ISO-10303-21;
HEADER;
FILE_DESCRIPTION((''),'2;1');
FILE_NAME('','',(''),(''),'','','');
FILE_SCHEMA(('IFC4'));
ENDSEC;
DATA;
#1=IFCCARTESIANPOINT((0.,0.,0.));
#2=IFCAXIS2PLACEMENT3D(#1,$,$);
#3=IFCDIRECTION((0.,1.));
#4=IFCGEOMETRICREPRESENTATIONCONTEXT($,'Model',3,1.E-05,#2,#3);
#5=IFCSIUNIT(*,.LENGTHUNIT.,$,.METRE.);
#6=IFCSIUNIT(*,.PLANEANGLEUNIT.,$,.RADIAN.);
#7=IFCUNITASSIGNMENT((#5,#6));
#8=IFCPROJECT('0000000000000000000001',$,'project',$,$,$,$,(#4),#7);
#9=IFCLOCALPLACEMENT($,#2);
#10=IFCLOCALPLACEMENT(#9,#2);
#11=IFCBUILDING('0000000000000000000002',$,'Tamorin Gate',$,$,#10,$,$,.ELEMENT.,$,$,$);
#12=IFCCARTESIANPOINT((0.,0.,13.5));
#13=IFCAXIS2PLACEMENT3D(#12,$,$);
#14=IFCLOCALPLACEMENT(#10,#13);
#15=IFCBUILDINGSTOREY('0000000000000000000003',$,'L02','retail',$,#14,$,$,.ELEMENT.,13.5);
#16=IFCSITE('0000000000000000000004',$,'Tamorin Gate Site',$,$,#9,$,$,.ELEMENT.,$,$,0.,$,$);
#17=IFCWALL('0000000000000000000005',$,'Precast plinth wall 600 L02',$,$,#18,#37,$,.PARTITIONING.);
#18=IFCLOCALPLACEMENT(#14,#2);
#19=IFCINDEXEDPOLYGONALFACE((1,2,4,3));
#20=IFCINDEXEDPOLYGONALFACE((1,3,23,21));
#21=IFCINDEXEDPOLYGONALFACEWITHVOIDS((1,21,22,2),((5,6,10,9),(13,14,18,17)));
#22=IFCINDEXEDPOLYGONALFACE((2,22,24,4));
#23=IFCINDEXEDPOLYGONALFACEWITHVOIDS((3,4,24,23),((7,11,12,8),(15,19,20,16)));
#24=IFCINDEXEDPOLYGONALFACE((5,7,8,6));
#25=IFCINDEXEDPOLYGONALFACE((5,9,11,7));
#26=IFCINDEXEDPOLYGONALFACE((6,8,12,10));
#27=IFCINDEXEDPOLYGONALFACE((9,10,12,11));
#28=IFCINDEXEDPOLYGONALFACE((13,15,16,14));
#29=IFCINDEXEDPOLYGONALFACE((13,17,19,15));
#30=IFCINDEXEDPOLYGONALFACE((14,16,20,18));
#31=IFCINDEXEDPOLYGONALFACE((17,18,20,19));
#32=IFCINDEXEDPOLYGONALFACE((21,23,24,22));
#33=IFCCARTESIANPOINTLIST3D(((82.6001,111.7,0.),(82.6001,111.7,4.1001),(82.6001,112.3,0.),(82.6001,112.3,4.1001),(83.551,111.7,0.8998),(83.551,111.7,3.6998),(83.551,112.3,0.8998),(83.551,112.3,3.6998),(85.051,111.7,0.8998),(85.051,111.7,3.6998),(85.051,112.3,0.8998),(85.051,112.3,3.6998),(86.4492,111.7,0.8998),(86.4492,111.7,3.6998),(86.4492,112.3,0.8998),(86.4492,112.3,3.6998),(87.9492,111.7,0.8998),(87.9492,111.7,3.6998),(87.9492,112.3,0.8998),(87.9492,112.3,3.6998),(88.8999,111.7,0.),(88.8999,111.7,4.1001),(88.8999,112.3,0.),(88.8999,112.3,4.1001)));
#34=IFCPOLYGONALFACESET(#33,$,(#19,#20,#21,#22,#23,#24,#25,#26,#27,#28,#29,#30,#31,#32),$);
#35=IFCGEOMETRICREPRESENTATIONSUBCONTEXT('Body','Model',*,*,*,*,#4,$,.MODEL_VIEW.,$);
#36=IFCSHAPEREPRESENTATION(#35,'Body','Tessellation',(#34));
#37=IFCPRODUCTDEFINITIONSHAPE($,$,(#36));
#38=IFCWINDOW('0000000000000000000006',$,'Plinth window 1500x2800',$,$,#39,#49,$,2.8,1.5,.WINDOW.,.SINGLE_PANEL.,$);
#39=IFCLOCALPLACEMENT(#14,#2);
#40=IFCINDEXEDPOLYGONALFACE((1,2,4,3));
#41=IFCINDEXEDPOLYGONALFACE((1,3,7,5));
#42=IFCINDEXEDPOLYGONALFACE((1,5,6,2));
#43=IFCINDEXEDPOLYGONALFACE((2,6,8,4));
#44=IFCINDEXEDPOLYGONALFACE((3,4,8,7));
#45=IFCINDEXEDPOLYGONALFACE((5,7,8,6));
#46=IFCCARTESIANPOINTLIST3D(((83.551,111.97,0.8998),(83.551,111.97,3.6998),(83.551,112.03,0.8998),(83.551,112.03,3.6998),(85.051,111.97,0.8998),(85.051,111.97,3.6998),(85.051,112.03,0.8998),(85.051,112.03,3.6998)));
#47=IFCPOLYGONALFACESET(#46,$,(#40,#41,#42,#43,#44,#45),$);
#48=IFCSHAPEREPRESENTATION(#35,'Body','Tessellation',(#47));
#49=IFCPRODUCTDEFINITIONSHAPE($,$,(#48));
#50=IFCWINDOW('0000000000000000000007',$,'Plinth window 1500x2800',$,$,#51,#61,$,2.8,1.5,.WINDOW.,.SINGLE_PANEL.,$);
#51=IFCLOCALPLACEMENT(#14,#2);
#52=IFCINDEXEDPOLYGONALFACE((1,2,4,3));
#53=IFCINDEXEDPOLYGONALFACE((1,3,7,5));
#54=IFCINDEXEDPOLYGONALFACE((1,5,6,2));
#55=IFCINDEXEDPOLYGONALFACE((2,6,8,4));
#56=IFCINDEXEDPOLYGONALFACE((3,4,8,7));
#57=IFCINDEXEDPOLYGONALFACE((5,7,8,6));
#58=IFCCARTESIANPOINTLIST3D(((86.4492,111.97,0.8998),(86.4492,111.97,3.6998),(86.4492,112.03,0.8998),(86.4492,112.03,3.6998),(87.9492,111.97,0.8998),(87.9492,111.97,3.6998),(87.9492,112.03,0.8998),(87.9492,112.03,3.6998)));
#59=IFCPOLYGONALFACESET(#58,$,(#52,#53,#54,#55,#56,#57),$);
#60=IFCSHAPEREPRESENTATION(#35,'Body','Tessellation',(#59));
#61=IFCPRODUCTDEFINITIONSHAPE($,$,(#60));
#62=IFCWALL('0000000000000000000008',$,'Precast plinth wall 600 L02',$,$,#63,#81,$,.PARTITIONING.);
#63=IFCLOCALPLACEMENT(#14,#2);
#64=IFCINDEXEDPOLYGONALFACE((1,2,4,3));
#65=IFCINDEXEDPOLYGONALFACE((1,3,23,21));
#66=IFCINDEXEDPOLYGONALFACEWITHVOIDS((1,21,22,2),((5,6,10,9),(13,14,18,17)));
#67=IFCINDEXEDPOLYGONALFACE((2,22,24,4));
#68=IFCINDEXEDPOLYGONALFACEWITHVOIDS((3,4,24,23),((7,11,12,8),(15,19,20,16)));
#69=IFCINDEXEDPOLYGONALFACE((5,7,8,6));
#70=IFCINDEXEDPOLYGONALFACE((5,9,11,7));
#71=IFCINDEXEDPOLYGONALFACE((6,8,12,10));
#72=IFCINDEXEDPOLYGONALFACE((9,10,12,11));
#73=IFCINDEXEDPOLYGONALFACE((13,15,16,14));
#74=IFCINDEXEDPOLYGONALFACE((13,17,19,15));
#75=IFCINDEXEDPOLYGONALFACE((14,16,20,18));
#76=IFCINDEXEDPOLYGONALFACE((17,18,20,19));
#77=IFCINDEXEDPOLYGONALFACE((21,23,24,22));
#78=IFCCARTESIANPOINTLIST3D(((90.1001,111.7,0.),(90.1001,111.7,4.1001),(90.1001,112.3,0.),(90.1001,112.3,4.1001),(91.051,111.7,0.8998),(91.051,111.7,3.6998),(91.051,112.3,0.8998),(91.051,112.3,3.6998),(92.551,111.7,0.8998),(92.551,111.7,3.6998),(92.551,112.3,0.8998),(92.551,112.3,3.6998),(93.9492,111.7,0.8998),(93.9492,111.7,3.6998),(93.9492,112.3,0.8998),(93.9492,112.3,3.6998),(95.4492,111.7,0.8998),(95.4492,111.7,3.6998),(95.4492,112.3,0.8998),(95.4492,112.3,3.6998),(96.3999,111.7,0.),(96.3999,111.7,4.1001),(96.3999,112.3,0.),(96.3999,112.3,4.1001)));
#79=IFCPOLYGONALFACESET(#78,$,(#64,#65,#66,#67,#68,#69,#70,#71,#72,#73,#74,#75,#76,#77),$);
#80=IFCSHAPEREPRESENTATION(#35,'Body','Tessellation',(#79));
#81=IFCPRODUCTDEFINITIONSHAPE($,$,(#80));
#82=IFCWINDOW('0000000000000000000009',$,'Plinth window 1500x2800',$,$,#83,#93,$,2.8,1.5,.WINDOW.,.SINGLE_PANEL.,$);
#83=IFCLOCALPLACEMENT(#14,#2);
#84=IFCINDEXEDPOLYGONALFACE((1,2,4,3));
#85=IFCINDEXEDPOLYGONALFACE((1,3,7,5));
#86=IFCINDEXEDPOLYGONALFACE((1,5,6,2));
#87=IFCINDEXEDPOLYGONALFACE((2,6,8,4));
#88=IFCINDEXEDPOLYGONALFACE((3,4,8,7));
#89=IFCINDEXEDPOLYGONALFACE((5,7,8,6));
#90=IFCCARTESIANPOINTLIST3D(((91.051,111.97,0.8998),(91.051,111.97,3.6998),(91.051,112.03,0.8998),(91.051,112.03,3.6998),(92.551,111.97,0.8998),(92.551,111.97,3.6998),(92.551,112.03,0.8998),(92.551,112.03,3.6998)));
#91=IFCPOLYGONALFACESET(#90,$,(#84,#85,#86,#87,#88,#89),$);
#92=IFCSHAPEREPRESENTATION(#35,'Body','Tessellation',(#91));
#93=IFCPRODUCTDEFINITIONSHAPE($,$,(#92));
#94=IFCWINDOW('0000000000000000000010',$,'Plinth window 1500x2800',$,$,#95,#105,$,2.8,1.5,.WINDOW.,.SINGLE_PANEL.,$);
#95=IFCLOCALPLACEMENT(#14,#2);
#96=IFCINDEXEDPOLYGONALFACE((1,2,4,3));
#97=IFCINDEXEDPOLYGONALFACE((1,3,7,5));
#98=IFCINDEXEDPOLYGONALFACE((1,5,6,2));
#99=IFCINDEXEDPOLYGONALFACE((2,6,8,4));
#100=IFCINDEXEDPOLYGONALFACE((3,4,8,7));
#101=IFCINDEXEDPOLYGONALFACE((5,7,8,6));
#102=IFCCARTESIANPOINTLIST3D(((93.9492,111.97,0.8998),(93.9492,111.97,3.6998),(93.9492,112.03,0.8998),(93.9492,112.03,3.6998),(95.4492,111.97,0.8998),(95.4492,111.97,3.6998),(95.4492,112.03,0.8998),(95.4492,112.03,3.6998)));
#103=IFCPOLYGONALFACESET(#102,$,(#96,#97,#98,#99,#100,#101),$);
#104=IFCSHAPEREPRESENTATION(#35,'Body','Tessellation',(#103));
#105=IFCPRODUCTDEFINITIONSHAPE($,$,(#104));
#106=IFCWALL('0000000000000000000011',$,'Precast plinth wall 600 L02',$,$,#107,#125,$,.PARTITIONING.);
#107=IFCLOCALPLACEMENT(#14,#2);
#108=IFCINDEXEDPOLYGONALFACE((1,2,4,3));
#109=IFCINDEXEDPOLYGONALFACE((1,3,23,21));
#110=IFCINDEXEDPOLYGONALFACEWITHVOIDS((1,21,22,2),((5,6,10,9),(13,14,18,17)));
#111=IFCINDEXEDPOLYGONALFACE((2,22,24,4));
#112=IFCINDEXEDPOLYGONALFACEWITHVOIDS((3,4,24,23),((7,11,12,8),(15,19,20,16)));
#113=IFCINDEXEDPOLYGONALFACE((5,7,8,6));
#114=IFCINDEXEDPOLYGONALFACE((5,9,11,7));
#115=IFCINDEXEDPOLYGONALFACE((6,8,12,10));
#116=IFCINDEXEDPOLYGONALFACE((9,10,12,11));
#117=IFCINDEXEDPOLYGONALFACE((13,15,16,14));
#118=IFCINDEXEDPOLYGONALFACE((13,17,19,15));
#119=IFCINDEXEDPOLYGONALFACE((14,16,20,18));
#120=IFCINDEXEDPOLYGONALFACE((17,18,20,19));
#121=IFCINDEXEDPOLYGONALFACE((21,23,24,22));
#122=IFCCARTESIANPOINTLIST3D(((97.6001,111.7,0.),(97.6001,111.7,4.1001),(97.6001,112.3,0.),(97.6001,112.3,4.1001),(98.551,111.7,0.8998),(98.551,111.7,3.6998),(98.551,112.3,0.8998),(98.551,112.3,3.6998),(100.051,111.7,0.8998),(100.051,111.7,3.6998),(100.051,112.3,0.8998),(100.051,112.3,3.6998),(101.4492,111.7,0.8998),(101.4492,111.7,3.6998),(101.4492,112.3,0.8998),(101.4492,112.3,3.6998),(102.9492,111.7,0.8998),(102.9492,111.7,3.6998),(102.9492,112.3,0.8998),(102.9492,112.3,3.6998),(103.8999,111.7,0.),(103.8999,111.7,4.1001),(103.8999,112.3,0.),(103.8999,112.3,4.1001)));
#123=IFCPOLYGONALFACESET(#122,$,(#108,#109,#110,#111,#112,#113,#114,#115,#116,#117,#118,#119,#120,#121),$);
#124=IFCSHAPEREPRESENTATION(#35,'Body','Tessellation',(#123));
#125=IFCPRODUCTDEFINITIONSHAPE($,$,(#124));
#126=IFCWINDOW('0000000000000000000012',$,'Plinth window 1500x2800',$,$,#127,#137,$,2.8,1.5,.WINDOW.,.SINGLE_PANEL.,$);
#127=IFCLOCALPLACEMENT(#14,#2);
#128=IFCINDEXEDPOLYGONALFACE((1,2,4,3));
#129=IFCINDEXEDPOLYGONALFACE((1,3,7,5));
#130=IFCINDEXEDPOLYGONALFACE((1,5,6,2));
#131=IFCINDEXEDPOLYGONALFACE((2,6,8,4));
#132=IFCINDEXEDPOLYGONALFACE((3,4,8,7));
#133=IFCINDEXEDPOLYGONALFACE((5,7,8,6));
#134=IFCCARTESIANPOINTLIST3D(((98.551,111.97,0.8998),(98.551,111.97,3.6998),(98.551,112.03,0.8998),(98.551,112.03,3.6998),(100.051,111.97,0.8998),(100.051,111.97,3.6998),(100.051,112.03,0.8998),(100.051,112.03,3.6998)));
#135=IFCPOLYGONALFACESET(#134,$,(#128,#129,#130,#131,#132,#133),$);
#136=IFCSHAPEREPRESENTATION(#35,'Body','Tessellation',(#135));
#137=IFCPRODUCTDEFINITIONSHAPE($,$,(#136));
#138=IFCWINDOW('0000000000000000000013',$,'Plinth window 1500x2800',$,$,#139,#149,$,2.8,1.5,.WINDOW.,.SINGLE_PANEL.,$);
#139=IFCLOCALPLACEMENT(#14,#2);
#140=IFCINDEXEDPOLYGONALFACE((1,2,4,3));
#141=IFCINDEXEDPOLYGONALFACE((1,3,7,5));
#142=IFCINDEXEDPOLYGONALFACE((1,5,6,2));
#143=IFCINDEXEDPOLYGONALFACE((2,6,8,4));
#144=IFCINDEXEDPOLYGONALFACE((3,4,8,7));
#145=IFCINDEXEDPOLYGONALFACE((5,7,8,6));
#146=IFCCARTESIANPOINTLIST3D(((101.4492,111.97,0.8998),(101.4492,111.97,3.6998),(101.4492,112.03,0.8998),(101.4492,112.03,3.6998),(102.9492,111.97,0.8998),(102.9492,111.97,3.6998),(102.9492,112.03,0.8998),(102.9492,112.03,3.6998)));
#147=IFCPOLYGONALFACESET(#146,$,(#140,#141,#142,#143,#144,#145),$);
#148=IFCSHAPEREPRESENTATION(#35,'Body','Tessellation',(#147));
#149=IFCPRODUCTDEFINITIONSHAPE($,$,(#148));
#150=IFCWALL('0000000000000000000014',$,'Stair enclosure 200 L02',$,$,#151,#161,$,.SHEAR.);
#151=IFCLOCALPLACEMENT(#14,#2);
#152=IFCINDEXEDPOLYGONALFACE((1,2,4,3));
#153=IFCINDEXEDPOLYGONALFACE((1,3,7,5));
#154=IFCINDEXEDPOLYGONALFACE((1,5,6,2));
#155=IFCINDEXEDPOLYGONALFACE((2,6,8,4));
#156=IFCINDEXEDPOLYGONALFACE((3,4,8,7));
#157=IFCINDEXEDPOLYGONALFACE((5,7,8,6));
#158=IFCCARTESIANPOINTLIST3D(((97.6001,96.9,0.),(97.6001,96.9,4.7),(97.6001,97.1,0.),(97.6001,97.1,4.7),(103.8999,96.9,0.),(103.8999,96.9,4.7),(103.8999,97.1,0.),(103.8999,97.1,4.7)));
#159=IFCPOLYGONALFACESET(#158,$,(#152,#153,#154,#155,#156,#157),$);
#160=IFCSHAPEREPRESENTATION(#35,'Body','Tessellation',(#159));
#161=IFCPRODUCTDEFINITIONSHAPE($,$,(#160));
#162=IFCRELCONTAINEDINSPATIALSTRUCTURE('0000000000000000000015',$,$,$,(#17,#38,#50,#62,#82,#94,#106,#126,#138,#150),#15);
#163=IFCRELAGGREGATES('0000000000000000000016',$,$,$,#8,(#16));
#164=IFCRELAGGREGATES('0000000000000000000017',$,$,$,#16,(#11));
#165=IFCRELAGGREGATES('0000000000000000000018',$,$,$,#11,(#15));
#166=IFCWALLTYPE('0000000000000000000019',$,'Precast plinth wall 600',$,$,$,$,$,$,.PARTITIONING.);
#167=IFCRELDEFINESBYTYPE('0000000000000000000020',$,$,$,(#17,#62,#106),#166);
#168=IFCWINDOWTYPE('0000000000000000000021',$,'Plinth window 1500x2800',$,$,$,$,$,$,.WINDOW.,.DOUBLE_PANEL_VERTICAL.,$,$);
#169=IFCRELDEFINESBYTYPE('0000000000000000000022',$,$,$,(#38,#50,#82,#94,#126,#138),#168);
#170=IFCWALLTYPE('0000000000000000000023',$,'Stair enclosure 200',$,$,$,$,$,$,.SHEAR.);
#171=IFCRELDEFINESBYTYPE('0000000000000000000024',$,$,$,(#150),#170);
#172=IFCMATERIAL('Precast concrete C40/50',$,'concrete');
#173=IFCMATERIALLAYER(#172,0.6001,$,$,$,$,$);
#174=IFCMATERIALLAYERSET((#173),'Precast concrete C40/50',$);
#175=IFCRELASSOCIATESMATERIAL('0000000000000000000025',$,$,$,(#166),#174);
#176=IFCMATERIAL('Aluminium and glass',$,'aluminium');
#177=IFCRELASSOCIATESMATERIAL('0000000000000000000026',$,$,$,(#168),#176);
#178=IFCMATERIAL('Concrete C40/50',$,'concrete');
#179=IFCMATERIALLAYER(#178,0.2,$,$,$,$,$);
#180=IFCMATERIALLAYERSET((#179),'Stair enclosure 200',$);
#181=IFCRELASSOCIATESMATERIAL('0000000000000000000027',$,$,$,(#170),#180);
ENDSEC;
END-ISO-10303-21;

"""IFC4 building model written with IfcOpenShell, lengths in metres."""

from ifc_helpers import new_model, si_unit, direction, frame, frame_2d, origin, place, context, subcontext, project, spatial, rectangle, extrude, material, layer, layer_set, type_object, element, fill, save


model = new_model("IFC4")

# Units and contexts
model_context = context("Model", 3, precision=1e-05, world=origin(), true_north=direction((0.0, 1.0)))
body_context = subcontext(model_context, "Body", "Model", "MODEL_VIEW")
ifc_project = project(units=[si_unit("LENGTHUNIT", "METRE"), si_unit("PLANEANGLEUNIT", "RADIAN")], contexts=[model_context])

# Site, building, storey
site_placement = place(None, origin())
site = spatial("IfcSite", under=ifc_project, at=site_placement, Name="Tamorin Gate Site", CompositionType="ELEMENT", RefElevation=0.0)
building_placement = place(site_placement, origin())
building = spatial("IfcBuilding", under=site, at=building_placement, Name="Tamorin Gate", CompositionType="ELEMENT")
storey_placement = place(building_placement, frame((0.0, 0.0, 13.5)))
storey = spatial("IfcBuildingStorey", under=building, at=storey_placement, Name="L02", Description="retail", CompositionType="ELEMENT", Elevation=13.5)

# Walls, openings, windows
ifc_material_1 = material(Name="Precast concrete C40/50", Category="concrete")
ifc_layer_1 = layer(ifc_material_1, 0.6001)
ifc_layer_set_1 = layer_set([ifc_layer_1], Name="Precast concrete C40/50")
wall_type_1 = type_object("IfcWallType", Name="Precast plinth wall 600", PredefinedType="PARTITIONING", material=ifc_layer_set_1)
wall_1_placement = place(storey_placement, frame((82.6001, 112.0, 0.0), z_axis=(0.0, 0.0, 1.0), x_axis=(1.0, 0.0, 0.0)))
wall_1 = element("IfcWall", 1, at=wall_1_placement, inside=storey, type_object=wall_type_1, Name="Precast plinth wall 600 L02", PredefinedType="PARTITIONING", context=body_context, shape_type="SweptSolid", body=[
    extrude(rectangle(XDim=6.2998, YDim=0.6001, at=frame_2d((3.1499, 0.0))), origin(), (0.0, 0.0, 1.0), 4.1001),
])
opening_1_placement = place(wall_1_placement, frame((0.9509, 0.0, 0.8999)))
opening_1 = element("IfcOpeningElement", 2, at=opening_1_placement, cuts=wall_1, PredefinedType="OPENING", context=body_context, shape_type="SweptSolid", body=[
    extrude(rectangle(XDim=1.5, YDim=2.8, at=frame_2d((0.75, 1.3999))), frame((0.0, 0.3101, 0.0), z_axis=(0.0, -1.0, 0.0), x_axis=(1.0, 0.0, 0.0)), (0.0, 0.0, 1.0), 0.6201),
])
opening_2_placement = place(wall_1_placement, frame((3.8491, 0.0, 0.8999)))
opening_2 = element("IfcOpeningElement", 3, at=opening_2_placement, cuts=wall_1, PredefinedType="OPENING", context=body_context, shape_type="SweptSolid", body=[
    extrude(rectangle(XDim=1.5, YDim=2.8, at=frame_2d((0.75, 1.3999))), frame((0.0, 0.3101, 0.0), z_axis=(0.0, -1.0, 0.0), x_axis=(1.0, 0.0, 0.0)), (0.0, 0.0, 1.0), 0.6201),
])
ifc_material_2 = material(Name="Aluminium and glass", Category="aluminium")
window_type = type_object("IfcWindowType", Name="Plinth window 1500x2800", PartitioningType="DOUBLE_PANEL_VERTICAL", PredefinedType="WINDOW", material=ifc_material_2)
window_1_placement = place(opening_1_placement, origin())
window_1 = element("IfcWindow", 4, at=window_1_placement, inside=storey, type_object=window_type, Name="Plinth window 1500x2800", OverallHeight=2.8, OverallWidth=1.5, PartitioningType="SINGLE_PANEL", PredefinedType="WINDOW", context=body_context, shape_type="SweptSolid", body=[
    extrude(rectangle(XDim=1.5, YDim=2.8, at=frame_2d((0.75, 1.3999))), frame((0.0, 0.03, 0.0), z_axis=(0.0, -1.0, 0.0), x_axis=(1.0, 0.0, 0.0)), (0.0, 0.0, 1.0), 0.0601),
])
fill(opening_1, window_1)
window_2_placement = place(opening_2_placement, origin())
window_2 = element("IfcWindow", 5, at=window_2_placement, inside=storey, type_object=window_type, Name="Plinth window 1500x2800", OverallHeight=2.8, OverallWidth=1.5, PartitioningType="SINGLE_PANEL", PredefinedType="WINDOW", context=body_context, shape_type="SweptSolid", body=[
    extrude(rectangle(XDim=1.5, YDim=2.8, at=frame_2d((0.75, 1.3999))), frame((0.0, 0.03, 0.0), z_axis=(0.0, -1.0, 0.0), x_axis=(1.0, 0.0, 0.0)), (0.0, 0.0, 1.0), 0.0601),
])
fill(opening_2, window_2)
wall_2_placement = place(storey_placement, frame((90.1001, 112.0, 0.0), z_axis=(0.0, 0.0, 1.0), x_axis=(1.0, 0.0, 0.0)))
wall_2 = element("IfcWall", 6, at=wall_2_placement, inside=storey, type_object=wall_type_1, Name="Precast plinth wall 600 L02", PredefinedType="PARTITIONING", context=body_context, shape_type="SweptSolid", body=[
    extrude(rectangle(XDim=6.2998, YDim=0.6001, at=frame_2d((3.1499, 0.0))), origin(), (0.0, 0.0, 1.0), 4.1001),
])
opening_3_placement = place(wall_2_placement, frame((0.9509, 0.0, 0.8999)))
opening_3 = element("IfcOpeningElement", 7, at=opening_3_placement, cuts=wall_2, PredefinedType="OPENING", context=body_context, shape_type="SweptSolid", body=[
    extrude(rectangle(XDim=1.5, YDim=2.8, at=frame_2d((0.75, 1.3999))), frame((0.0, 0.3101, 0.0), z_axis=(0.0, -1.0, 0.0), x_axis=(1.0, 0.0, 0.0)), (0.0, 0.0, 1.0), 0.6201),
])
opening_4_placement = place(wall_2_placement, frame((3.8491, 0.0, 0.8999)))
opening_4 = element("IfcOpeningElement", 8, at=opening_4_placement, cuts=wall_2, PredefinedType="OPENING", context=body_context, shape_type="SweptSolid", body=[
    extrude(rectangle(XDim=1.5, YDim=2.8, at=frame_2d((0.75, 1.3999))), frame((0.0, 0.3101, 0.0), z_axis=(0.0, -1.0, 0.0), x_axis=(1.0, 0.0, 0.0)), (0.0, 0.0, 1.0), 0.6201),
])
window_3_placement = place(opening_3_placement, origin())
window_3 = element("IfcWindow", 9, at=window_3_placement, inside=storey, type_object=window_type, Name="Plinth window 1500x2800", OverallHeight=2.8, OverallWidth=1.5, PartitioningType="SINGLE_PANEL", PredefinedType="WINDOW", context=body_context, shape_type="SweptSolid", body=[
    extrude(rectangle(XDim=1.5, YDim=2.8, at=frame_2d((0.75, 1.3999))), frame((0.0, 0.03, 0.0), z_axis=(0.0, -1.0, 0.0), x_axis=(1.0, 0.0, 0.0)), (0.0, 0.0, 1.0), 0.0601),
])
fill(opening_3, window_3)
window_4_placement = place(opening_4_placement, origin())
window_4 = element("IfcWindow", 10, at=window_4_placement, inside=storey, type_object=window_type, Name="Plinth window 1500x2800", OverallHeight=2.8, OverallWidth=1.5, PartitioningType="SINGLE_PANEL", PredefinedType="WINDOW", context=body_context, shape_type="SweptSolid", body=[
    extrude(rectangle(XDim=1.5, YDim=2.8, at=frame_2d((0.75, 1.3999))), frame((0.0, 0.03, 0.0), z_axis=(0.0, -1.0, 0.0), x_axis=(1.0, 0.0, 0.0)), (0.0, 0.0, 1.0), 0.0601),
])
fill(opening_4, window_4)
wall_3_placement = place(storey_placement, frame((97.6001, 112.0, 0.0), z_axis=(0.0, 0.0, 1.0), x_axis=(1.0, 0.0, 0.0)))
wall_3 = element("IfcWall", 11, at=wall_3_placement, inside=storey, type_object=wall_type_1, Name="Precast plinth wall 600 L02", PredefinedType="PARTITIONING", context=body_context, shape_type="SweptSolid", body=[
    extrude(rectangle(XDim=6.2998, YDim=0.6001, at=frame_2d((3.1499, 0.0))), origin(), (0.0, 0.0, 1.0), 4.1001),
])
opening_5_placement = place(wall_3_placement, frame((0.9509, 0.0, 0.8999)))
opening_5 = element("IfcOpeningElement", 12, at=opening_5_placement, cuts=wall_3, PredefinedType="OPENING", context=body_context, shape_type="SweptSolid", body=[
    extrude(rectangle(XDim=1.5, YDim=2.8, at=frame_2d((0.75, 1.3999))), frame((0.0, 0.3101, 0.0), z_axis=(0.0, -1.0, 0.0), x_axis=(1.0, 0.0, 0.0)), (0.0, 0.0, 1.0), 0.6201),
])
opening_6_placement = place(wall_3_placement, frame((3.8491, 0.0, 0.8999)))
opening_6 = element("IfcOpeningElement", 13, at=opening_6_placement, cuts=wall_3, PredefinedType="OPENING", context=body_context, shape_type="SweptSolid", body=[
    extrude(rectangle(XDim=1.5, YDim=2.8, at=frame_2d((0.75, 1.3999))), frame((0.0, 0.3101, 0.0), z_axis=(0.0, -1.0, 0.0), x_axis=(1.0, 0.0, 0.0)), (0.0, 0.0, 1.0), 0.6201),
])
window_5_placement = place(opening_5_placement, origin())
window_5 = element("IfcWindow", 14, at=window_5_placement, inside=storey, type_object=window_type, Name="Plinth window 1500x2800", OverallHeight=2.8, OverallWidth=1.5, PartitioningType="SINGLE_PANEL", PredefinedType="WINDOW", context=body_context, shape_type="SweptSolid", body=[
    extrude(rectangle(XDim=1.5, YDim=2.8, at=frame_2d((0.75, 1.3999))), frame((0.0, 0.03, 0.0), z_axis=(0.0, -1.0, 0.0), x_axis=(1.0, 0.0, 0.0)), (0.0, 0.0, 1.0), 0.0601),
])
fill(opening_5, window_5)
window_6_placement = place(opening_6_placement, origin())
window_6 = element("IfcWindow", 15, at=window_6_placement, inside=storey, type_object=window_type, Name="Plinth window 1500x2800", OverallHeight=2.8, OverallWidth=1.5, PartitioningType="SINGLE_PANEL", PredefinedType="WINDOW", context=body_context, shape_type="SweptSolid", body=[
    extrude(rectangle(XDim=1.5, YDim=2.8, at=frame_2d((0.75, 1.3999))), frame((0.0, 0.03, 0.0), z_axis=(0.0, -1.0, 0.0), x_axis=(1.0, 0.0, 0.0)), (0.0, 0.0, 1.0), 0.0601),
])
fill(opening_6, window_6)

# Wall
ifc_material_3 = material(Name="Concrete C40/50", Category="concrete")
ifc_layer_2 = layer(ifc_material_3, 0.2)
ifc_layer_set_2 = layer_set([ifc_layer_2], Name="Stair enclosure 200")
wall_type_2 = type_object("IfcWallType", Name="Stair enclosure 200", PredefinedType="SHEAR", material=ifc_layer_set_2)
wall_4_placement = place(storey_placement, frame((97.6001, 97.0, 0.0), z_axis=(0.0, 0.0, 1.0), x_axis=(1.0, 0.0, 0.0)))
element("IfcWall", 16, at=wall_4_placement, inside=storey, type_object=wall_type_2, Name="Stair enclosure 200 L02", PredefinedType="SHEAR", context=body_context, shape_type="SweptSolid", body=[
    extrude(rectangle(XDim=6.2998, YDim=0.2, at=frame_2d((3.1499, 0.0))), origin(), (0.0, 0.0, 1.0), 4.7),
])

save(model, "model.ifc")
